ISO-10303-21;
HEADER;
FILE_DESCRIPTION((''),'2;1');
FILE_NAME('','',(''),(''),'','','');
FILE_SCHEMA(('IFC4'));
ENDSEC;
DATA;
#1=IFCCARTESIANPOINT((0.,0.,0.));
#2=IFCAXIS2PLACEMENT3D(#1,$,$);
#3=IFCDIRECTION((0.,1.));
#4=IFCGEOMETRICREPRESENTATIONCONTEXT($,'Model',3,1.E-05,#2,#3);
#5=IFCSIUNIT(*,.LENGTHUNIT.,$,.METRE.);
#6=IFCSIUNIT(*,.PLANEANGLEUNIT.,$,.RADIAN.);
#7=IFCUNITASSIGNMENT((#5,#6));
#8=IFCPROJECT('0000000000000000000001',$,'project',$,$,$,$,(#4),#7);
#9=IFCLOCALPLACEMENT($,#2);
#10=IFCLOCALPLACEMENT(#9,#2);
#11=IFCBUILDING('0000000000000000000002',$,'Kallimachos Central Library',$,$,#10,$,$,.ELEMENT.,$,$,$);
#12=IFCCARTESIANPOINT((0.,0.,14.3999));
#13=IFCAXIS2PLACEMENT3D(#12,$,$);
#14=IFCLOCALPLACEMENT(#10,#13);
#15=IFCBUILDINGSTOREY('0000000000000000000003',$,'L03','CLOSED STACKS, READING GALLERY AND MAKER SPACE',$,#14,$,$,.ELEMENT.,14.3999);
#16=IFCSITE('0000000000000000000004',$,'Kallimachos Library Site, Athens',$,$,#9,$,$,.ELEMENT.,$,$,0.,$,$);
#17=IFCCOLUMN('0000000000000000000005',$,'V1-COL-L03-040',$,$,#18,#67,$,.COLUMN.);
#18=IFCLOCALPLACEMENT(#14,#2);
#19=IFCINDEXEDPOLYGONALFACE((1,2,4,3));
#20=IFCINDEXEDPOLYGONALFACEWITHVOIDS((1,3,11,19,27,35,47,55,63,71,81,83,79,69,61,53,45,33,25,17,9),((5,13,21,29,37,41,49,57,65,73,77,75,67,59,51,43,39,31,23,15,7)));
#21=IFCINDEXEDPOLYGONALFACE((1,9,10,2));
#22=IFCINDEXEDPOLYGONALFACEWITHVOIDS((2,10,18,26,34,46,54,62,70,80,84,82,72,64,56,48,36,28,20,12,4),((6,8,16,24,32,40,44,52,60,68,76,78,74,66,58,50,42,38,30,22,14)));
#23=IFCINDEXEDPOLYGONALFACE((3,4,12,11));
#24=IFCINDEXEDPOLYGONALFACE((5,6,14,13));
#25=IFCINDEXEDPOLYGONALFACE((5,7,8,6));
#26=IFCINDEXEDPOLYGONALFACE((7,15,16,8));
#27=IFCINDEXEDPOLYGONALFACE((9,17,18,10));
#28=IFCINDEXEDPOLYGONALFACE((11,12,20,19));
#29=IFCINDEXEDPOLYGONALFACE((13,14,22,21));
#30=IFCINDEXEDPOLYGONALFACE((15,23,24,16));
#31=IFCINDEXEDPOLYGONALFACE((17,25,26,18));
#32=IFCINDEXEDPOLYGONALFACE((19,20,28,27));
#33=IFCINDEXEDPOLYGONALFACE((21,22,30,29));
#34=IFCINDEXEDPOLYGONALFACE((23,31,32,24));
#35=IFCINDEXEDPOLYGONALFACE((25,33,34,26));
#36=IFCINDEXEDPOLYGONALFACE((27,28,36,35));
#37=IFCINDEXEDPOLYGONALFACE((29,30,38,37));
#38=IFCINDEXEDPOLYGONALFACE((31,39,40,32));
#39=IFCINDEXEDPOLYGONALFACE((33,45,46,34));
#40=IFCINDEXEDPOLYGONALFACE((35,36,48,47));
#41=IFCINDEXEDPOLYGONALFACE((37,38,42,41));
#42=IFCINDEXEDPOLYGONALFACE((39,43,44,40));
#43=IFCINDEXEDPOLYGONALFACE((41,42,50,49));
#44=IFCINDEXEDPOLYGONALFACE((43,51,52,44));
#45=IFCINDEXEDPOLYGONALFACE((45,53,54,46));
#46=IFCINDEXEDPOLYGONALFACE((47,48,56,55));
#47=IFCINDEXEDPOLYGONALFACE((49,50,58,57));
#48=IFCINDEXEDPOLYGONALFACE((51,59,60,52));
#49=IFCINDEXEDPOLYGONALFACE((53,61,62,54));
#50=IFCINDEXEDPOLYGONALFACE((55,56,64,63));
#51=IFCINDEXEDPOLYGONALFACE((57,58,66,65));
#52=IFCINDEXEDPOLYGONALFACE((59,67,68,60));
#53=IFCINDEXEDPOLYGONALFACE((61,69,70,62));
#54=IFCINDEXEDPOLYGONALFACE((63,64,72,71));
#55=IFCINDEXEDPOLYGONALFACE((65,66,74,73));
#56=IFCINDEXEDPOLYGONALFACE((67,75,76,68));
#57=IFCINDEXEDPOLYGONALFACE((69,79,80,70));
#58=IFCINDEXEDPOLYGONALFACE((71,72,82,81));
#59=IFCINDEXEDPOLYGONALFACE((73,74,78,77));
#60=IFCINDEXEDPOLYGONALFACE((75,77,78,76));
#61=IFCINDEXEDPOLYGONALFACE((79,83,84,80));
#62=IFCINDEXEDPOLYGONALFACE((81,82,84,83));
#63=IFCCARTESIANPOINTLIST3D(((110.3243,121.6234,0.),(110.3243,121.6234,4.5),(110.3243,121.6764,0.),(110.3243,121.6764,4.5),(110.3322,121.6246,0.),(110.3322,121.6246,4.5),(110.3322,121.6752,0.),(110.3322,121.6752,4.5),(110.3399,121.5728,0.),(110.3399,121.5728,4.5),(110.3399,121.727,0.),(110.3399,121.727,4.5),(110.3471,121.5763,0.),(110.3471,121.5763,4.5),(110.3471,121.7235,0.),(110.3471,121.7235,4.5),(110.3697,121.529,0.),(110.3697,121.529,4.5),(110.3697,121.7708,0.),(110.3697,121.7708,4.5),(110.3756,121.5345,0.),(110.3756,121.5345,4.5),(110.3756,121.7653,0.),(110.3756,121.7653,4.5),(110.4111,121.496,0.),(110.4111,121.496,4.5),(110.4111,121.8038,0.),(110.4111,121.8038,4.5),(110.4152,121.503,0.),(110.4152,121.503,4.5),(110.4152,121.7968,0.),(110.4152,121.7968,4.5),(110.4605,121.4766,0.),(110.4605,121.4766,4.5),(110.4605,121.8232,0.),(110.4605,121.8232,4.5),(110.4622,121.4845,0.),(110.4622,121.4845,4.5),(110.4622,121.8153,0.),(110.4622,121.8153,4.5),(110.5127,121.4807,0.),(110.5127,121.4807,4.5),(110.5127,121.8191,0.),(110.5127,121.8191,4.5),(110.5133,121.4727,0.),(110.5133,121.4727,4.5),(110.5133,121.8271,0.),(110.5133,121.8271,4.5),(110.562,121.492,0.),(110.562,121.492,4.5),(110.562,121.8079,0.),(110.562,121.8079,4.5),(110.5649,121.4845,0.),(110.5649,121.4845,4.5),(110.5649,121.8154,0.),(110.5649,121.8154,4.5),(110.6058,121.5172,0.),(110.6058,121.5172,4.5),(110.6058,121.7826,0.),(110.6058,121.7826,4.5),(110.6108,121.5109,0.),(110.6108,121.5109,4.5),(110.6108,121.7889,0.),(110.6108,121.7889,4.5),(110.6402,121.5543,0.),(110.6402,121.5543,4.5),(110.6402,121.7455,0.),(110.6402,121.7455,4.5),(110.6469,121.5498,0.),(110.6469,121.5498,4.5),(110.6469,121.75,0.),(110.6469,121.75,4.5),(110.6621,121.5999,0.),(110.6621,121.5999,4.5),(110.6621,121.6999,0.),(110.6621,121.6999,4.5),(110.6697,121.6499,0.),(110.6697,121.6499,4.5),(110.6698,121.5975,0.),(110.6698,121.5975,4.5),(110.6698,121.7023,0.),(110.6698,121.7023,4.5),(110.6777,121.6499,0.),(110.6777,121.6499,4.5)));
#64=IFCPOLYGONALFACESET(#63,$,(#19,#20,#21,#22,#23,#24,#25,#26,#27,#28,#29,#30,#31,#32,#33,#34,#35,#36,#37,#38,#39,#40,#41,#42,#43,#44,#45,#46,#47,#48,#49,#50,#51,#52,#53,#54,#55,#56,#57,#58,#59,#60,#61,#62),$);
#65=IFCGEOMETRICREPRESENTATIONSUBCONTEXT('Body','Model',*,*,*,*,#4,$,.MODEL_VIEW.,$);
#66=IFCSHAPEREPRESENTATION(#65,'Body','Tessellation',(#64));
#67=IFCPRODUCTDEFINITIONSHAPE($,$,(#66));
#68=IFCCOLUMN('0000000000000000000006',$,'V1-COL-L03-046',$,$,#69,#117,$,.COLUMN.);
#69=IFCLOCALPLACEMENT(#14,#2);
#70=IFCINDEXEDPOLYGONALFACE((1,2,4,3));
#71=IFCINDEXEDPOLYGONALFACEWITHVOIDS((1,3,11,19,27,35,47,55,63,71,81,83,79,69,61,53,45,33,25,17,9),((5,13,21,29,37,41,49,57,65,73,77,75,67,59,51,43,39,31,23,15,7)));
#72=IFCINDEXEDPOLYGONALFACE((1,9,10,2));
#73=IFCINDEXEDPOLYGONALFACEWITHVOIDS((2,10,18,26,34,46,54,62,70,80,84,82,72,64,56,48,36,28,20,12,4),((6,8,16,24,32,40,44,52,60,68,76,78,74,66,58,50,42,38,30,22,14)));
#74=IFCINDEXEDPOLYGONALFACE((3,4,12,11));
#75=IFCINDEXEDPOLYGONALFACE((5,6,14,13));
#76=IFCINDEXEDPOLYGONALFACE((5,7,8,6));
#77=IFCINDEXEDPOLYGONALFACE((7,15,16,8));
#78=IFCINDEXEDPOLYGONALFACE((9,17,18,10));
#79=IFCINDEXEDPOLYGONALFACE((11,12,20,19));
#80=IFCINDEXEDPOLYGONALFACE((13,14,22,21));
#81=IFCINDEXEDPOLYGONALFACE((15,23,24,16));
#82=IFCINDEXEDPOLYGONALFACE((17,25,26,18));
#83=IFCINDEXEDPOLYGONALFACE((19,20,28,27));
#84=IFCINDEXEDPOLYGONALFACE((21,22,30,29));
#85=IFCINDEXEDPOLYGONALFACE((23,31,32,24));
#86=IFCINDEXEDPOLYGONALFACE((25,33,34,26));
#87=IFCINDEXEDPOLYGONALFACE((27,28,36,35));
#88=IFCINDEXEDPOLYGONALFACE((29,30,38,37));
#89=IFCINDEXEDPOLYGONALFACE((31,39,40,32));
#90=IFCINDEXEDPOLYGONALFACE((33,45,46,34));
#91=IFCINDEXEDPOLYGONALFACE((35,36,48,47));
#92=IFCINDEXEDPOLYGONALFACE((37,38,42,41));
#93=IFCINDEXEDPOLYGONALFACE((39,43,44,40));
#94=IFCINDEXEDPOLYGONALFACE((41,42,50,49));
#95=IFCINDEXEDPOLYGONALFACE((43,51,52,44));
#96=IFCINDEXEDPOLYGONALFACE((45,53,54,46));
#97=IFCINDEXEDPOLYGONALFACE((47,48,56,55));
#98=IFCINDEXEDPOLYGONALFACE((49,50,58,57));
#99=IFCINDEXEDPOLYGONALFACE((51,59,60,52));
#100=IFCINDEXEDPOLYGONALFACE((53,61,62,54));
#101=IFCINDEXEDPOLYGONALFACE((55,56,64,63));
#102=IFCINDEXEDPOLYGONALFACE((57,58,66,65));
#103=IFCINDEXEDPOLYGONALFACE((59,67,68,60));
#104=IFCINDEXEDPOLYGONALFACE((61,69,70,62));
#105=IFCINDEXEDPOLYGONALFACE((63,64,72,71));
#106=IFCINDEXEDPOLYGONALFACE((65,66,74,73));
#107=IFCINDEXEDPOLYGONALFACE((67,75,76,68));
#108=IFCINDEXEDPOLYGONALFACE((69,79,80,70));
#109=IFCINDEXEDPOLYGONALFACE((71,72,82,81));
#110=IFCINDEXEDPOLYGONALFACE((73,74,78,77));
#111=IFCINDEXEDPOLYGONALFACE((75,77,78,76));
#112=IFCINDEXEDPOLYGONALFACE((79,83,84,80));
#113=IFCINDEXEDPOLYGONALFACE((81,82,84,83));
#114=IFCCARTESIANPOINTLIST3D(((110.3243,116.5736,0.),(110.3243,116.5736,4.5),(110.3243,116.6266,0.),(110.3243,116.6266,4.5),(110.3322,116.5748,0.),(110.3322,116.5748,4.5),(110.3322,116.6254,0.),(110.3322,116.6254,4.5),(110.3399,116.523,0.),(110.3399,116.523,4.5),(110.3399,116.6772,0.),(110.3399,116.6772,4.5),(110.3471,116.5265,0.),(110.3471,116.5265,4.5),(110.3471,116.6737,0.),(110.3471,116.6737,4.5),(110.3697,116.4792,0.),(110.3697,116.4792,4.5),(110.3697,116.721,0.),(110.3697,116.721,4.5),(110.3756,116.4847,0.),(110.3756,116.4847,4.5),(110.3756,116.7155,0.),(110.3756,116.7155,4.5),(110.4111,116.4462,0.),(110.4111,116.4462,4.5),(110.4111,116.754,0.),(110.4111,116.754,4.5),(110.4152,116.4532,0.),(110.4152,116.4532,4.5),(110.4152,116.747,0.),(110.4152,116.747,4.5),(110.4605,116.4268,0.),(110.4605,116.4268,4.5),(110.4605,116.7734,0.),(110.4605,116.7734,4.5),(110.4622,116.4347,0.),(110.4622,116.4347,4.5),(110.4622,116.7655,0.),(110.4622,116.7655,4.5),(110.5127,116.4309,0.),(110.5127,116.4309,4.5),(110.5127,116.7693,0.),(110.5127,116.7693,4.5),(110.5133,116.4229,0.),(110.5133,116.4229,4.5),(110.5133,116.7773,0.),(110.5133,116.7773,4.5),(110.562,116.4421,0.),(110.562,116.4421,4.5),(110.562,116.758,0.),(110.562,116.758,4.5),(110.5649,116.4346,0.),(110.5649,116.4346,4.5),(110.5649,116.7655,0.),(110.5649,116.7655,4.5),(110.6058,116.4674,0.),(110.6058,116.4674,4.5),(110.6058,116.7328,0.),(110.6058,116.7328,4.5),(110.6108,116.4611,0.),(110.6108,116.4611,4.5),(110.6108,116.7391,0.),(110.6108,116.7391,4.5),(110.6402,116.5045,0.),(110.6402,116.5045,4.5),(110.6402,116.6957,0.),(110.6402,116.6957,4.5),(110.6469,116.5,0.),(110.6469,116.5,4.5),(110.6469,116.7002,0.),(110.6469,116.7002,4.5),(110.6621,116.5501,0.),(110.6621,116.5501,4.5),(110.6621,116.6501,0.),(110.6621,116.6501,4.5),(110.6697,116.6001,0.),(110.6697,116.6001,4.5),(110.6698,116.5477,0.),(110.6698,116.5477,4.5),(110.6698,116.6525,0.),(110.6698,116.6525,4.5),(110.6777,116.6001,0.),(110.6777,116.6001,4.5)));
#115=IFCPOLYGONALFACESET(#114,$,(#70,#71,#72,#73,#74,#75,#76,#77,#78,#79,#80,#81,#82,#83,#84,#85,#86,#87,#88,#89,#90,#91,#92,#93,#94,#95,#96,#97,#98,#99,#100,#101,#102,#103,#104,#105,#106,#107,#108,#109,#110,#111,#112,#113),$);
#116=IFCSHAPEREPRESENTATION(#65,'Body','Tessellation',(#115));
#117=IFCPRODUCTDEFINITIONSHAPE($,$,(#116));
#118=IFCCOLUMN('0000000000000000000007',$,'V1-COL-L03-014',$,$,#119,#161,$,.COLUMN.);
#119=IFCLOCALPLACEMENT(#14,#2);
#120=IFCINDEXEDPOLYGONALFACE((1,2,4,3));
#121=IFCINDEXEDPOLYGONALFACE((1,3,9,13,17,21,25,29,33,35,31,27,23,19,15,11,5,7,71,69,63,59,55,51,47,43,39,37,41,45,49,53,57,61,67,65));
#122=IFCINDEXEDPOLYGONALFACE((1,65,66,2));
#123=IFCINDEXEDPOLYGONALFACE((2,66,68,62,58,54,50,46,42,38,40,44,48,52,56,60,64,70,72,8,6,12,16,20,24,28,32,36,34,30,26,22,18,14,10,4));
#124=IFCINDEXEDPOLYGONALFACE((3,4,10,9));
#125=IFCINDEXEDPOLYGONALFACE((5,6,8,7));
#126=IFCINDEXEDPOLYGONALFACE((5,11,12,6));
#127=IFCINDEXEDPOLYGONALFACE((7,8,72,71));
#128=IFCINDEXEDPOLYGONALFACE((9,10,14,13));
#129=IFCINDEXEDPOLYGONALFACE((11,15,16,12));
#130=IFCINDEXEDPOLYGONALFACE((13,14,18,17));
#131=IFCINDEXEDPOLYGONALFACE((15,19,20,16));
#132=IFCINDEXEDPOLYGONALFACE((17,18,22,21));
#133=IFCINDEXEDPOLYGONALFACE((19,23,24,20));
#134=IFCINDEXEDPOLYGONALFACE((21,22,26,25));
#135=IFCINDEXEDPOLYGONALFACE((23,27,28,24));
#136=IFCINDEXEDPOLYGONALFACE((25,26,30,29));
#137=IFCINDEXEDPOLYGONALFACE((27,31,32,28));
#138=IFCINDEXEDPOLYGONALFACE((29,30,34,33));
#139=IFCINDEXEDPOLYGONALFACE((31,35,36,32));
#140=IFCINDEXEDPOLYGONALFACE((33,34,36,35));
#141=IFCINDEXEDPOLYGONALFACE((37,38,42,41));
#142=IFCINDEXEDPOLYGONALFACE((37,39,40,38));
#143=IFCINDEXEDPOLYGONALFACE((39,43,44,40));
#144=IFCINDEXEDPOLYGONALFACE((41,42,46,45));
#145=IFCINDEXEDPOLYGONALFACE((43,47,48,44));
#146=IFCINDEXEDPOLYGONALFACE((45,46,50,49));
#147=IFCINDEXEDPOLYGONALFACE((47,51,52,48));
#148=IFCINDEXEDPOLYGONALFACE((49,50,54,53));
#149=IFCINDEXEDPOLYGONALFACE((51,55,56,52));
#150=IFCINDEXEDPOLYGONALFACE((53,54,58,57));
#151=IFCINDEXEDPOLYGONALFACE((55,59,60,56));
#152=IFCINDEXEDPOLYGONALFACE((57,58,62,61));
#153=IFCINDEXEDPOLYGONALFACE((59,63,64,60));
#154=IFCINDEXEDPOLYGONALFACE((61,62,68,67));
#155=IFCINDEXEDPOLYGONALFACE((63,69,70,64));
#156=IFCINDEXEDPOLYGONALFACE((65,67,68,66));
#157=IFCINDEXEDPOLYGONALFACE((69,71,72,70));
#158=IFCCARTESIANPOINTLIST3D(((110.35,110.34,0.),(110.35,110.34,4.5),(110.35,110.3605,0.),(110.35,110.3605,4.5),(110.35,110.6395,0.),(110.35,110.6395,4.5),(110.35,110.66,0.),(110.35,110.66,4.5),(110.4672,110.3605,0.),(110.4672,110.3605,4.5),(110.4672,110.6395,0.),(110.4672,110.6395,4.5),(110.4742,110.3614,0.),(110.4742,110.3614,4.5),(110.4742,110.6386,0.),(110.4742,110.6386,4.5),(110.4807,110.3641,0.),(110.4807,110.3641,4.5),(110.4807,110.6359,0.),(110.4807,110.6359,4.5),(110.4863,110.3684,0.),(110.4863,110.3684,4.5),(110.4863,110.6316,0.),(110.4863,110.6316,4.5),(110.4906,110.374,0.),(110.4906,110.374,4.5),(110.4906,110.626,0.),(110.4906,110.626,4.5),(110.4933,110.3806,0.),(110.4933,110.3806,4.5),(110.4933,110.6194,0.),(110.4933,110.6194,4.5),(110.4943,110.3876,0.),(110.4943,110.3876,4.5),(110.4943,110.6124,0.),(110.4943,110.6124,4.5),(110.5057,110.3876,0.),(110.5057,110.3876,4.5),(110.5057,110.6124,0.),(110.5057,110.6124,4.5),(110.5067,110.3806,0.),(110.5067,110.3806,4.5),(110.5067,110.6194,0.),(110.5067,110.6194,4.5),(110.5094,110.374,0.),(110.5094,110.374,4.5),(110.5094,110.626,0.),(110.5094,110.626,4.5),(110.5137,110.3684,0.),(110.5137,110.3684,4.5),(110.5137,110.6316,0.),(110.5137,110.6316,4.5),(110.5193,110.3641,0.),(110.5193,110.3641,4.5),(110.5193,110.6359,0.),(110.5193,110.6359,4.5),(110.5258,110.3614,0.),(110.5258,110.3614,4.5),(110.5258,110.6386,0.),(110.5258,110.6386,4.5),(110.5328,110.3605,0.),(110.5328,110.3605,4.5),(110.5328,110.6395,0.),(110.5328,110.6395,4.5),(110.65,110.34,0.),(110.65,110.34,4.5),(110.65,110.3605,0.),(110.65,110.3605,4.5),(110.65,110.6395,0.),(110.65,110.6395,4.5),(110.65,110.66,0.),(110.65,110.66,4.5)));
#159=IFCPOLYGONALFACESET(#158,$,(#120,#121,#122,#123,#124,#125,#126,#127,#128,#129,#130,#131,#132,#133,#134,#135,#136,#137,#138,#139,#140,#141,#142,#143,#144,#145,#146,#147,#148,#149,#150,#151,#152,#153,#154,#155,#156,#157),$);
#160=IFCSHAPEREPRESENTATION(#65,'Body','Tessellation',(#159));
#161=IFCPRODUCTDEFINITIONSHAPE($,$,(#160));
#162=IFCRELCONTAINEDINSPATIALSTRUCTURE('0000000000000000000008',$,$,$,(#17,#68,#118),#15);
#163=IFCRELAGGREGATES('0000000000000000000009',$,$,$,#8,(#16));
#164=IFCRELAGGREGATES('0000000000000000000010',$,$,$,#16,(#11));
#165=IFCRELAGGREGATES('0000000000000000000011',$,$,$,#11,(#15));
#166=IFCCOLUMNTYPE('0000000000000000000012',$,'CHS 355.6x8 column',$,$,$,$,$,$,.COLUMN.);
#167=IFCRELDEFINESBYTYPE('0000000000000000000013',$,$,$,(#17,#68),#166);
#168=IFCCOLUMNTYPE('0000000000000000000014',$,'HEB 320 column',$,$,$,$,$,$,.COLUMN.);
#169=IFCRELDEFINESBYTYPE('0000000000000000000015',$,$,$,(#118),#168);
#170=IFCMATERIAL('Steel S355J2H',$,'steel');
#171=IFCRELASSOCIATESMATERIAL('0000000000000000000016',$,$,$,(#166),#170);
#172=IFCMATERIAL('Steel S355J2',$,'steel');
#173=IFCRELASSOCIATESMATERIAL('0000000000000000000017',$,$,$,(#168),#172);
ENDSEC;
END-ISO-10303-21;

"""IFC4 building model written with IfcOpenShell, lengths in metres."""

from ifc_helpers import new_model, si_unit, direction, frame, origin, origin_2d, place, context, subcontext, project, spatial, hollow_circle, i_section, extrude, material, material_profile, profile_set, type_object, element, save


model = new_model("IFC4")

# Units and contexts
model_context = context("Model", 3, precision=1e-05, world=origin(), true_north=direction((0.0, 1.0)))
body_context = subcontext(model_context, "Body", "Model", "MODEL_VIEW")
ifc_project = project(units=[si_unit("LENGTHUNIT", "METRE"), si_unit("PLANEANGLEUNIT", "RADIAN")], contexts=[model_context])

# Site, building, storey
site_placement = place(None, origin())
site = spatial("IfcSite", under=ifc_project, at=site_placement, Name="Kallimachos Library Site, Athens", CompositionType="ELEMENT", RefElevation=0.0)
building_placement = place(site_placement, origin())
building = spatial("IfcBuilding", under=site, at=building_placement, Name="Kallimachos Central Library", CompositionType="ELEMENT")
storey_placement = place(building_placement, frame((0.0, 0.0, 14.3999)))
storey = spatial("IfcBuildingStorey", under=building, at=storey_placement, Name="L03", Description="CLOSED STACKS, READING GALLERY AND MAKER SPACE", CompositionType="ELEMENT", Elevation=14.3999)

# Columns
ifc_material_1 = material(Name="Steel S355J2H", Category="steel")
ifc_material_profile_1 = material_profile(ifc_material_1, hollow_circle(Radius=0.1777, WallThickness=0.0081, at=origin_2d()), Name="CHS 355.6x8")
ifc_profile_set_1 = profile_set([ifc_material_profile_1], Name="Steel S355J2H")
column_type_1 = type_object("IfcColumnType", Name="CHS 355.6x8 column", PredefinedType="COLUMN", material=ifc_profile_set_1)
for number, where, z_axis, x_axis, name in (
    (1, (110.5, 121.6499, 0.0), (0.0, 0.0, 1.0), (1.0, 0.0, 0.0), "V1-COL-L03-040"),
    (2, (110.5, 116.6001, 0.0), (0.0, 0.0, 1.0), (1.0, 0.0, 0.0), "V1-COL-L03-046"),
):
    element("IfcColumn", number, at=place(storey_placement, frame(where, z_axis=z_axis, x_axis=x_axis)), inside=storey, type_object=column_type_1, Name=name, PredefinedType="COLUMN", context=body_context, shape_type="SweptSolid", body=[
        extrude(hollow_circle(Radius=0.1777, WallThickness=0.0081, at=origin_2d()), origin(), (0.0, 0.0, 1.0), 4.5),
    ])
ifc_material_2 = material(Name="Steel S355J2", Category="steel")
ifc_material_profile_2 = material_profile(ifc_material_2, i_section(OverallWidth=0.3, OverallDepth=0.3201, WebThickness=0.0115, FlangeThickness=0.0205, FilletRadius=0.0271, at=origin_2d()), Name="HEB 320")
ifc_profile_set_2 = profile_set([ifc_material_profile_2], Name="Steel S355J2")
column_type_2 = type_object("IfcColumnType", Name="HEB 320 column", PredefinedType="COLUMN", material=ifc_profile_set_2)
column_placement = place(storey_placement, frame((110.5, 110.5, 0.0), z_axis=(0.0, 0.0, 1.0), x_axis=(1.0, 0.0, 0.0)))
element("IfcColumn", 3, at=column_placement, inside=storey, type_object=column_type_2, Name="V1-COL-L03-014", PredefinedType="COLUMN", context=body_context, shape_type="SweptSolid", body=[
    extrude(i_section(OverallWidth=0.3, OverallDepth=0.3201, WebThickness=0.0115, FlangeThickness=0.0205, FilletRadius=0.0271, at=origin_2d()), origin(), (0.0, 0.0, 1.0), 4.5),
])

save(model, "model.ifc")
